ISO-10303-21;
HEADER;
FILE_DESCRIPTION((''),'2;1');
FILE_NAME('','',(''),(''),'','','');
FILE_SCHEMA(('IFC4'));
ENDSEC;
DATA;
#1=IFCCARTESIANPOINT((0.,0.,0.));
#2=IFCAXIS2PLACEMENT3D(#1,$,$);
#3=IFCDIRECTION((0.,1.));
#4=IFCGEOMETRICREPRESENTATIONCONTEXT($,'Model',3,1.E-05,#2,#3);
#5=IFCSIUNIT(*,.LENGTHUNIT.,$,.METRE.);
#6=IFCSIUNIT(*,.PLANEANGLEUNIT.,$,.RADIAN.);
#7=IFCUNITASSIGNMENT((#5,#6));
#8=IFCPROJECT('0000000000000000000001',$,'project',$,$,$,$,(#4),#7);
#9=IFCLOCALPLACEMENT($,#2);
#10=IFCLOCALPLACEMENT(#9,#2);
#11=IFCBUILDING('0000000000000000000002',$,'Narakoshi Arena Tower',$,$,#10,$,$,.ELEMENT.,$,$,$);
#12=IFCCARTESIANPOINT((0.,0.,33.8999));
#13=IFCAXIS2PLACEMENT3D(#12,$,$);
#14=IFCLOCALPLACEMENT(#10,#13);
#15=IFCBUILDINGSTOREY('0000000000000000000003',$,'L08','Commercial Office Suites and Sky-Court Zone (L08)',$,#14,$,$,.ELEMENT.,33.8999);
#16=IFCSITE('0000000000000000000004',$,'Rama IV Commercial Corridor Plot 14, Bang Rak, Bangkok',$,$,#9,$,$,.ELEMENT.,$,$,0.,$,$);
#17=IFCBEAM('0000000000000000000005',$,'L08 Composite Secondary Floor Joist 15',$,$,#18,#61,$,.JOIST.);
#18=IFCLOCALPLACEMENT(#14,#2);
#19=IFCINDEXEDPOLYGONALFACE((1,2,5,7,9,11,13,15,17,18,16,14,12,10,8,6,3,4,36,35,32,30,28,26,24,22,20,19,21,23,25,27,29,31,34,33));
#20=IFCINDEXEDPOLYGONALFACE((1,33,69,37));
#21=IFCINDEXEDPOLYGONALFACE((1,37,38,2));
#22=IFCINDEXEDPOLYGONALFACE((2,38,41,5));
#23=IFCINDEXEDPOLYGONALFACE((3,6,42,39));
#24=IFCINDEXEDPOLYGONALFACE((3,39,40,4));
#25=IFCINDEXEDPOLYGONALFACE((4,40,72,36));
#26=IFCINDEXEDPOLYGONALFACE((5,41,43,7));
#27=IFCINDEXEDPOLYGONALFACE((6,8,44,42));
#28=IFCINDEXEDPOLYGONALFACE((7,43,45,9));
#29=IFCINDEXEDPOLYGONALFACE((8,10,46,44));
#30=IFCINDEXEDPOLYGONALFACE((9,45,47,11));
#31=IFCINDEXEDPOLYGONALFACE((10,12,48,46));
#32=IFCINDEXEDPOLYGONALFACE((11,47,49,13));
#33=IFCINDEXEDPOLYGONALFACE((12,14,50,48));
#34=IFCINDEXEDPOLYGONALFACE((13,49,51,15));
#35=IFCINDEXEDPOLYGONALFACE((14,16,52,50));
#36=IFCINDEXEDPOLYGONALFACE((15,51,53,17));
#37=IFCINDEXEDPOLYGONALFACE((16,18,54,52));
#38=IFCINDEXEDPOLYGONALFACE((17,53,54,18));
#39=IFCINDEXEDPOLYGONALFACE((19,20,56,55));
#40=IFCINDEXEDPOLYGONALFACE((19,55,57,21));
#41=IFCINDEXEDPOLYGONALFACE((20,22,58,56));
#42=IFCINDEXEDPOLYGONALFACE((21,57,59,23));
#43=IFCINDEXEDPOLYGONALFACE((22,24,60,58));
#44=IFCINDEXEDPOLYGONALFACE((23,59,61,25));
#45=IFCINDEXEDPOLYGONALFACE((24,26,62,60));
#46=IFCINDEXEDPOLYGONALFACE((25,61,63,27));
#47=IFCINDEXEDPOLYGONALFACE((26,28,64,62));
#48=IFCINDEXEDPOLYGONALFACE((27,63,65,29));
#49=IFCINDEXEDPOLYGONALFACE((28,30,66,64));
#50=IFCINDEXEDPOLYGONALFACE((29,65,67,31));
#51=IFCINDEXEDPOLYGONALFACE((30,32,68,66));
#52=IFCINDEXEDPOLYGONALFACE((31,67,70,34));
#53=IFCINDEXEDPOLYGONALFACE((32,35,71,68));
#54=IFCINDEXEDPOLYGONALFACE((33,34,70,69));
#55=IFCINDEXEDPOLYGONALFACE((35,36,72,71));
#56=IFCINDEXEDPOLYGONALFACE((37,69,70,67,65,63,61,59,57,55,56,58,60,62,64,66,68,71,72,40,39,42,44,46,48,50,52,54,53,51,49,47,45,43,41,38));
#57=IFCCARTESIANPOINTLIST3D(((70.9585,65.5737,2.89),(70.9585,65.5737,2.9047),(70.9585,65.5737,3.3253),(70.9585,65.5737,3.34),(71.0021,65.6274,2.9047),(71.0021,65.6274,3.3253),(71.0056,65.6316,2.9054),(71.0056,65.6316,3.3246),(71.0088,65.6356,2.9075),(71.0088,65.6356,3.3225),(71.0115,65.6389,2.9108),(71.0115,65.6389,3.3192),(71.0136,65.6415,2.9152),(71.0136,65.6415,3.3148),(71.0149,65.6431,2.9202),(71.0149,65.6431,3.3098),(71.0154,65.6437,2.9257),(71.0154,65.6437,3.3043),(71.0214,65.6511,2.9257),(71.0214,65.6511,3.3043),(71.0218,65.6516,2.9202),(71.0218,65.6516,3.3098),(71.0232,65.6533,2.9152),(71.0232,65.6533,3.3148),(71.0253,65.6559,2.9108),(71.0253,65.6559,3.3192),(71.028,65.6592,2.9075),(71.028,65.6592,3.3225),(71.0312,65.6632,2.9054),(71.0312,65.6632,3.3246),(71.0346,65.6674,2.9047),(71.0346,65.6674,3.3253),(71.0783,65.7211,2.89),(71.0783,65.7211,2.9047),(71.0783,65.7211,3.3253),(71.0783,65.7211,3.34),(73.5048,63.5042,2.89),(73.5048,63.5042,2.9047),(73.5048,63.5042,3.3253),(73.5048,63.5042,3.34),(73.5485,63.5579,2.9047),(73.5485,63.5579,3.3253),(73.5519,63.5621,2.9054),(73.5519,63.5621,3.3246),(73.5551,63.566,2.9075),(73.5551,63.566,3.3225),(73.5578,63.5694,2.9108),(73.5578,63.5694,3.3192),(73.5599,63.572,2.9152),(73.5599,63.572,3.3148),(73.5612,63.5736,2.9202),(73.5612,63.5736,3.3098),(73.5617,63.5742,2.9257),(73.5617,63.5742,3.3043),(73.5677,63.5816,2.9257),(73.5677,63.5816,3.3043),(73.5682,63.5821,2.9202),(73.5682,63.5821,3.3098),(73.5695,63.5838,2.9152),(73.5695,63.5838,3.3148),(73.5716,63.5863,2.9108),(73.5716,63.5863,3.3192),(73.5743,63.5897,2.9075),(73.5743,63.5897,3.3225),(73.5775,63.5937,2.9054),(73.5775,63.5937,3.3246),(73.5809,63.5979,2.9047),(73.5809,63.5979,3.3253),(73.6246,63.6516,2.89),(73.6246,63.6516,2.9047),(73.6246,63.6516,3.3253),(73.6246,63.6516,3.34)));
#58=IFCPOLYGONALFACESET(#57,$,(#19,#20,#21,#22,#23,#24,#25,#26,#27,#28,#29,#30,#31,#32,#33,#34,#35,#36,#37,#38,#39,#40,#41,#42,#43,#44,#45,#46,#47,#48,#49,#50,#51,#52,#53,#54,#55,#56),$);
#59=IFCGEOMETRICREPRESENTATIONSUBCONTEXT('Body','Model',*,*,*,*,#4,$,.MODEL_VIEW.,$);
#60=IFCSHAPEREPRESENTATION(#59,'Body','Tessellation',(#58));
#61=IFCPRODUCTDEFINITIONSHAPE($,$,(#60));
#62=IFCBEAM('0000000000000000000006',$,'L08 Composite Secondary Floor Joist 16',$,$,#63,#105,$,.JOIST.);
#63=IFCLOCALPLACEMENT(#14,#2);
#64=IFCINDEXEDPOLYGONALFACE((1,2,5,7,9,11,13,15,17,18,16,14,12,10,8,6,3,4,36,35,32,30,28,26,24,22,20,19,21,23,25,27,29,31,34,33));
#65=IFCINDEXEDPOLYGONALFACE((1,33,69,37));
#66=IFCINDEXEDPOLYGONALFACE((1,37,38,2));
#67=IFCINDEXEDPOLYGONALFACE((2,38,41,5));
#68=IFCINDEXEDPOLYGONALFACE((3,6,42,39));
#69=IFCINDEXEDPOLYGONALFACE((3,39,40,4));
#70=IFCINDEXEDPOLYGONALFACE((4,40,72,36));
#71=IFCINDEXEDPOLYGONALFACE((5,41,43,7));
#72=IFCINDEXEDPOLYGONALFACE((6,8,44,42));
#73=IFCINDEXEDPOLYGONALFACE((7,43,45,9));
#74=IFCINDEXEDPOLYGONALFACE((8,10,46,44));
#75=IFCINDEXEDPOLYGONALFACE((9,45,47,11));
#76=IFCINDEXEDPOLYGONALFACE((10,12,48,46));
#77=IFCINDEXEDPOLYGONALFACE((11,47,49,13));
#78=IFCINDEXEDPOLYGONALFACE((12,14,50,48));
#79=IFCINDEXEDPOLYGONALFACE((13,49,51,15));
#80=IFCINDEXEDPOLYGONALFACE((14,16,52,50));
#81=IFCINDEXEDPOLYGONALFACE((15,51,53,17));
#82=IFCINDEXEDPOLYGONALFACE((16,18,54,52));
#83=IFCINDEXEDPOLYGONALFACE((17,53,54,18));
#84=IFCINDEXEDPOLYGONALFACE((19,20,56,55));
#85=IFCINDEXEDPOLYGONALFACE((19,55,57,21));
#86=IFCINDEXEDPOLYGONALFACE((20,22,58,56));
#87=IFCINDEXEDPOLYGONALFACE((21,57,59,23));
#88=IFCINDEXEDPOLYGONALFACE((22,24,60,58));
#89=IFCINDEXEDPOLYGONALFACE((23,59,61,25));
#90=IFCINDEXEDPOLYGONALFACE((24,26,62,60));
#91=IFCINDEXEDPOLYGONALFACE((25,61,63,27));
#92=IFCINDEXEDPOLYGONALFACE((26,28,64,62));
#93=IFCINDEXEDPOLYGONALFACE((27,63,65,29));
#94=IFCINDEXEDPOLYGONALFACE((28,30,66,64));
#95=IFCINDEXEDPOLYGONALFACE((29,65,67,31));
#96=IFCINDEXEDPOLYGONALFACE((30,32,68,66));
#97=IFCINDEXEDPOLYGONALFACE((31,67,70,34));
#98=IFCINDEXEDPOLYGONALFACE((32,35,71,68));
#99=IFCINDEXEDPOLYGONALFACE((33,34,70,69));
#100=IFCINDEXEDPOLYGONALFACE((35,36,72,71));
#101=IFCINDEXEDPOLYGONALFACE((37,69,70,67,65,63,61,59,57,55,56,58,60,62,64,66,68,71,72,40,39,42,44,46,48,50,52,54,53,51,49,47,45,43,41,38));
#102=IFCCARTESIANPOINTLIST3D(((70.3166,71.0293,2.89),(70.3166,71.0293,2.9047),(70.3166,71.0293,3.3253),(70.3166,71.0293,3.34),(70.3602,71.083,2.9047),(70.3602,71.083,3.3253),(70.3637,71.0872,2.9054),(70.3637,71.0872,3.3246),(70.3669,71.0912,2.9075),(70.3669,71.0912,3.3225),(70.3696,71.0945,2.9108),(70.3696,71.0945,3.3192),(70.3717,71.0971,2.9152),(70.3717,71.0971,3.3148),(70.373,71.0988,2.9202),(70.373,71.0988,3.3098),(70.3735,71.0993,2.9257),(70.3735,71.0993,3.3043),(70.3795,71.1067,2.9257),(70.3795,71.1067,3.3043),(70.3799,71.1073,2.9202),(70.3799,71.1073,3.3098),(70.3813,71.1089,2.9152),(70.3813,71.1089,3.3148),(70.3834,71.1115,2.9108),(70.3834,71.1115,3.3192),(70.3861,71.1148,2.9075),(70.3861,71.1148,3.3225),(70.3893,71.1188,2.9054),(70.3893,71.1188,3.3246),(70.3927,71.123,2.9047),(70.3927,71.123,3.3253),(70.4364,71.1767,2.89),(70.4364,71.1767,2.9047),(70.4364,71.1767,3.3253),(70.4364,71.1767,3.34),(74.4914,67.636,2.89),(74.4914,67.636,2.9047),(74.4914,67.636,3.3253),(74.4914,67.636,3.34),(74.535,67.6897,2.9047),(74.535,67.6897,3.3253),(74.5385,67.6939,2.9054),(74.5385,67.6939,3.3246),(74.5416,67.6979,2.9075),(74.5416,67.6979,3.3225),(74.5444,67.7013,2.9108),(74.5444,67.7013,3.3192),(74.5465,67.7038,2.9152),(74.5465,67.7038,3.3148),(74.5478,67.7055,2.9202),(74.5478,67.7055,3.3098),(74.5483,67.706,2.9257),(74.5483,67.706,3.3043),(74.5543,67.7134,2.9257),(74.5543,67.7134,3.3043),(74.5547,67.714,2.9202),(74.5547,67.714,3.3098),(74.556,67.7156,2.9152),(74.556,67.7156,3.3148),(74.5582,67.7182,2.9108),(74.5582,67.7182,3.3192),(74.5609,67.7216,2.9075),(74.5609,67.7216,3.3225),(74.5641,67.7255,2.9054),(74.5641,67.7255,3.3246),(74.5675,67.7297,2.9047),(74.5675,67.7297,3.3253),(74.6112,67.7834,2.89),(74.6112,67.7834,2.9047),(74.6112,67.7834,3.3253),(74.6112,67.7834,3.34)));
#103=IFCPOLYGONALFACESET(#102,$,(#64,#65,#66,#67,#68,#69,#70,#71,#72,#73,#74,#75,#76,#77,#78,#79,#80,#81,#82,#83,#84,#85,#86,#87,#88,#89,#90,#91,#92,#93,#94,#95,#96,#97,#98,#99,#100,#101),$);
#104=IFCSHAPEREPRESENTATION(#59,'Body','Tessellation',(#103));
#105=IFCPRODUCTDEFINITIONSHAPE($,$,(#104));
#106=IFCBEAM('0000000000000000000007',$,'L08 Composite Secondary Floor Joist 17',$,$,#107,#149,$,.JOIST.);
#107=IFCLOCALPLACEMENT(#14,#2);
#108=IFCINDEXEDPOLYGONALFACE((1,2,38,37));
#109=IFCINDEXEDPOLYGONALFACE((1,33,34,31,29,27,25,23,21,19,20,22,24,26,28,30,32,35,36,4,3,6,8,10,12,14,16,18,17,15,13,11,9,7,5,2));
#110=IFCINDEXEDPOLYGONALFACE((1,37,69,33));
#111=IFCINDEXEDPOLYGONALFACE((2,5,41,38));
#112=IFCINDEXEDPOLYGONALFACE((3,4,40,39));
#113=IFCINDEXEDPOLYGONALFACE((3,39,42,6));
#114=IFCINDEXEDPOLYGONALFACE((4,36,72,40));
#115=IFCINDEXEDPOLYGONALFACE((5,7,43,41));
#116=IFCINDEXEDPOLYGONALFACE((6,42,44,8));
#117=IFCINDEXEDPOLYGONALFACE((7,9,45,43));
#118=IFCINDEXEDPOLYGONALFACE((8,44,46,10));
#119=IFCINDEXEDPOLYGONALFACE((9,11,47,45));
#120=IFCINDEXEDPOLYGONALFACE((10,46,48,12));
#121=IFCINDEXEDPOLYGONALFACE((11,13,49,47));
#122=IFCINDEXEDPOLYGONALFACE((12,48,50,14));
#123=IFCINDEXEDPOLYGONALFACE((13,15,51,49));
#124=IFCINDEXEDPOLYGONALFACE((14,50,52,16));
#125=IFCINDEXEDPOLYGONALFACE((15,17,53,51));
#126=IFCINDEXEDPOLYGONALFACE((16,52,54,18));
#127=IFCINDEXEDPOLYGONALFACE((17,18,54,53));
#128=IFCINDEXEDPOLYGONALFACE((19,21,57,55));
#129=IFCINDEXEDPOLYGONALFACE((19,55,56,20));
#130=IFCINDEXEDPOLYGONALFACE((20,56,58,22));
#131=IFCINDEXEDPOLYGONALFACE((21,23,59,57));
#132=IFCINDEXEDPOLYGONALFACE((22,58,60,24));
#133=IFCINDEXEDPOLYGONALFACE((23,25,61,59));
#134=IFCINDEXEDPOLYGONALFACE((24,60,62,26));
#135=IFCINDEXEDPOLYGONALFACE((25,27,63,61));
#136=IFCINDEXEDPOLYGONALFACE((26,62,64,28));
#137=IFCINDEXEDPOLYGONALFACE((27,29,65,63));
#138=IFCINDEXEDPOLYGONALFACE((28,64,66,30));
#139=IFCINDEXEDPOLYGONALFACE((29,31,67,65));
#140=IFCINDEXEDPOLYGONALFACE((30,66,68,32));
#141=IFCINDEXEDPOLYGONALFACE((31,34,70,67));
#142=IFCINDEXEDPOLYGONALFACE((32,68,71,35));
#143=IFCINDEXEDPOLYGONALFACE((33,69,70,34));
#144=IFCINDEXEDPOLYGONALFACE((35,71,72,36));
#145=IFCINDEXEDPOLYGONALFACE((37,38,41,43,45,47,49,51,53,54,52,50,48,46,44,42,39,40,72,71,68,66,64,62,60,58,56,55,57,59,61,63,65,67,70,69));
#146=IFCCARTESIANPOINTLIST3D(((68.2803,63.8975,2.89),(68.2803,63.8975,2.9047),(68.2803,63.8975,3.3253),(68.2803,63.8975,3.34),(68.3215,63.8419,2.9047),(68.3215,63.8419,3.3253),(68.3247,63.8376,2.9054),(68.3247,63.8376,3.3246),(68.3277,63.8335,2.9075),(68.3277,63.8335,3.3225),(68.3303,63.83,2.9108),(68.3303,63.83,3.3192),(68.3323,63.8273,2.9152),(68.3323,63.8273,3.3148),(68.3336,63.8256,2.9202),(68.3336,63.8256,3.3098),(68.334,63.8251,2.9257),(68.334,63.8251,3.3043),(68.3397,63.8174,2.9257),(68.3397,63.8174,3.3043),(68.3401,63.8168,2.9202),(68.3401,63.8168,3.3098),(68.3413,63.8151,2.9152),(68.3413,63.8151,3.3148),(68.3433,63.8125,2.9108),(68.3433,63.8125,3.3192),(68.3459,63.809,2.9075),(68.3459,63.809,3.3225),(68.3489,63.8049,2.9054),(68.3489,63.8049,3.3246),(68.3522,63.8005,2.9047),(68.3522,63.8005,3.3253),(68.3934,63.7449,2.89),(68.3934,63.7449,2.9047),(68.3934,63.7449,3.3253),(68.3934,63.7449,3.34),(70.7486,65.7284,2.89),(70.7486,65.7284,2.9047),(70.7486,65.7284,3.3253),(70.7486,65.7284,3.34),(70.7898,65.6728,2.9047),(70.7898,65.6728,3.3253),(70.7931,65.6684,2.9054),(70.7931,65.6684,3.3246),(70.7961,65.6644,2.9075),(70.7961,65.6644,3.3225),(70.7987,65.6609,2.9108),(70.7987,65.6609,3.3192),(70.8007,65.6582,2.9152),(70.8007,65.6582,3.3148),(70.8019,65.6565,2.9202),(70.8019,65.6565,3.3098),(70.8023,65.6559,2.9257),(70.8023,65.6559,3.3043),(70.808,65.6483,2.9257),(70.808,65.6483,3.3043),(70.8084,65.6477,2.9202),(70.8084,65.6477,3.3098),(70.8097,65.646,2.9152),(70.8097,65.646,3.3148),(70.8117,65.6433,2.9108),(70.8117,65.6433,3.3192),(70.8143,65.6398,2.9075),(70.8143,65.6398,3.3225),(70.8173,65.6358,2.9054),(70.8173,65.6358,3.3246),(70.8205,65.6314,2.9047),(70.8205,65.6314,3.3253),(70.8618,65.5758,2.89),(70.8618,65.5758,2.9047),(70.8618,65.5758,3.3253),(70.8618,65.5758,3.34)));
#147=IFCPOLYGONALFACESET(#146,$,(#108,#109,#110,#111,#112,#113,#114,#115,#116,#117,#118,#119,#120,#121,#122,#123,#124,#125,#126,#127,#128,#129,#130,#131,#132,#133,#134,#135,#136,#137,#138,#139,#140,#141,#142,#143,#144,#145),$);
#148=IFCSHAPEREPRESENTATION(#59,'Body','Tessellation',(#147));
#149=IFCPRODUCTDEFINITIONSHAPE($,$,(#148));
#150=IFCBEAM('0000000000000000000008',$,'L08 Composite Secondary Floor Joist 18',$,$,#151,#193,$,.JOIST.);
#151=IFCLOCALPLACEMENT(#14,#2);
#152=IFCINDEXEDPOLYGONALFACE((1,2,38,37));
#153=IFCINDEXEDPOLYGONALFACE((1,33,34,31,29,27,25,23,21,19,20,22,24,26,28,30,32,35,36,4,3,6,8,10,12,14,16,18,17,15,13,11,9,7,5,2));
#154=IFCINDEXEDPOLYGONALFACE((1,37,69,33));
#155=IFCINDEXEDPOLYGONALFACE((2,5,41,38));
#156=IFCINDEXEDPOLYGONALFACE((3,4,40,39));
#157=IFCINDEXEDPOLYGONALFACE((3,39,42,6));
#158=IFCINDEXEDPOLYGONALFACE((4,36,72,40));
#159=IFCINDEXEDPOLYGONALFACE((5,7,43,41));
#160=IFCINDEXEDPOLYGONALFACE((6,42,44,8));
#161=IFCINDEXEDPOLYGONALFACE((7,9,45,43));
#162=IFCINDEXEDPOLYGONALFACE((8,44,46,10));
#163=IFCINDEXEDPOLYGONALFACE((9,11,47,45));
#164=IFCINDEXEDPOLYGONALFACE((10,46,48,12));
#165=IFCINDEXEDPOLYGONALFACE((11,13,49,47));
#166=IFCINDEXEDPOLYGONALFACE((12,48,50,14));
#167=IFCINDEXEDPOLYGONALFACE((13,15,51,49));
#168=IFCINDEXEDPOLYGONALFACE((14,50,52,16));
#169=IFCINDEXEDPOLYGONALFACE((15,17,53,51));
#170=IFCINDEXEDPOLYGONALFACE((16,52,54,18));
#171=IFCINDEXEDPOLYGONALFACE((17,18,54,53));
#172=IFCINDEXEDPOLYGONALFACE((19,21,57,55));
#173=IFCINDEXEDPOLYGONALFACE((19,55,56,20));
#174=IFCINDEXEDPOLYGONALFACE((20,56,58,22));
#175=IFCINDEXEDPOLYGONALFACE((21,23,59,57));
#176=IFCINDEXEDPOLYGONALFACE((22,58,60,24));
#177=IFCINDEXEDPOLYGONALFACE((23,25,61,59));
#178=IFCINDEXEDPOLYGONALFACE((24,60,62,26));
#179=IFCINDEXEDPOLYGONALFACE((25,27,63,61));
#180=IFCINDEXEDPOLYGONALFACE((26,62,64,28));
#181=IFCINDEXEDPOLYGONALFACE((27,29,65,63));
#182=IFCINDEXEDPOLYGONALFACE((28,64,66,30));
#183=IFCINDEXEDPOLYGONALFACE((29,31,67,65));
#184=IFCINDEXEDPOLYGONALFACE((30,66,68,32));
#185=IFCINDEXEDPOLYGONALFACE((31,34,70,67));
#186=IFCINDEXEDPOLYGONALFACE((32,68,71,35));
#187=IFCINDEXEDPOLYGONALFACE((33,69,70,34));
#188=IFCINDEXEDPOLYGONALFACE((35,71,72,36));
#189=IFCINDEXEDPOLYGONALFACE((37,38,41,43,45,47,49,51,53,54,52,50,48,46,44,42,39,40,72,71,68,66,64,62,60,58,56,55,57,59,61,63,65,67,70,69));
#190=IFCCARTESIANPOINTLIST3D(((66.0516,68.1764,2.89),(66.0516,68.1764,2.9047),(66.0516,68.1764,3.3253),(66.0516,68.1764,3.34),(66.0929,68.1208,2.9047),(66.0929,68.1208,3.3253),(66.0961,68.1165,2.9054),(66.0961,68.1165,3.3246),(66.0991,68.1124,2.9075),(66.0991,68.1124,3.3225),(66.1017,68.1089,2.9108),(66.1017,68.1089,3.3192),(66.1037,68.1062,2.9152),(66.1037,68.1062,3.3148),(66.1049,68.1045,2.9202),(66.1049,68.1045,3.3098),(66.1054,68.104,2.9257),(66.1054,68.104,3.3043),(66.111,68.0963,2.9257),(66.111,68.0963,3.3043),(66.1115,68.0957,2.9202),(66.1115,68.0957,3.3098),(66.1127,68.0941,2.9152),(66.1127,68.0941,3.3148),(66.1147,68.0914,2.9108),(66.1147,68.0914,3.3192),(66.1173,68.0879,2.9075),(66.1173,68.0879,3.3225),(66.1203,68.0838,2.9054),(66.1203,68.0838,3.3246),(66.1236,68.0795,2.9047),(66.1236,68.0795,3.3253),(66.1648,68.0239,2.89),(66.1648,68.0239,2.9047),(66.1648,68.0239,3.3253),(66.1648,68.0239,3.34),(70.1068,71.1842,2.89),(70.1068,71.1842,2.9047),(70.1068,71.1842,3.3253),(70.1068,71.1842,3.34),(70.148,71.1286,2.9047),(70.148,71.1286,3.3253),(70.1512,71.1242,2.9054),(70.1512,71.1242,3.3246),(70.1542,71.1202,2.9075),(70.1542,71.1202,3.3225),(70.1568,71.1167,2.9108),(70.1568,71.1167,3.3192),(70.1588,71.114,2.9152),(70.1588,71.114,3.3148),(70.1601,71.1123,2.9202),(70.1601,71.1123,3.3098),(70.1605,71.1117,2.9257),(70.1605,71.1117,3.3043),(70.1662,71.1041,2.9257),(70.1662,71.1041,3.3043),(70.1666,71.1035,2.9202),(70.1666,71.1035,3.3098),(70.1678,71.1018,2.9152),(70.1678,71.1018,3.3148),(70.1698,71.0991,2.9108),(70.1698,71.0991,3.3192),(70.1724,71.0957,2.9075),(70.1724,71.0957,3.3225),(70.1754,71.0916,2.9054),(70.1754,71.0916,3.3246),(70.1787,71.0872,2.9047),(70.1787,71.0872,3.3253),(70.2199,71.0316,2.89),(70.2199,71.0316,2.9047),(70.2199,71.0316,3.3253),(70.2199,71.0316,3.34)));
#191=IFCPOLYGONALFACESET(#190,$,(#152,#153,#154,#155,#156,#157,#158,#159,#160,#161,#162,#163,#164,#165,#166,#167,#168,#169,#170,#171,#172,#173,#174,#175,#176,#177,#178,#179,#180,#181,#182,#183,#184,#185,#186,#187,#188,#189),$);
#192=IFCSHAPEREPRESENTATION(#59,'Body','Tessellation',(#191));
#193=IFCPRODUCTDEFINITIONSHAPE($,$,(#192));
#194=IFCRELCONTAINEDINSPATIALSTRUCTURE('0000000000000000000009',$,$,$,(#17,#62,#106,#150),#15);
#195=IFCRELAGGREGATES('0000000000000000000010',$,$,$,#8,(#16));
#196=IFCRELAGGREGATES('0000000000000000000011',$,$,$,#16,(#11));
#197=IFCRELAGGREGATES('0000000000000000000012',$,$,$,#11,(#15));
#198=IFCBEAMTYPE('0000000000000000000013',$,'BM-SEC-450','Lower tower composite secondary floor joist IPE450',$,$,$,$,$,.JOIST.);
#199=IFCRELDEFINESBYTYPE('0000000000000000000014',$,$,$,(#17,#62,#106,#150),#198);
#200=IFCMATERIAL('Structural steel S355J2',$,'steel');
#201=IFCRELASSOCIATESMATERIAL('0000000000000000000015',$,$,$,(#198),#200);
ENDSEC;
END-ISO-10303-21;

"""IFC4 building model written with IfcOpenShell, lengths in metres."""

from ifc_helpers import new_model, si_unit, direction, frame, origin, origin_2d, place, context, subcontext, project, spatial, i_section, extrude, material, material_profile, profile_set, type_object, element, save


model = new_model("IFC4")

# Units and contexts
model_context = context("Model", 3, precision=1e-05, world=origin(), true_north=direction((0.0, 1.0)))
body_context = subcontext(model_context, "Body", "Model", "MODEL_VIEW")
ifc_project = project(units=[si_unit("LENGTHUNIT", "METRE"), si_unit("PLANEANGLEUNIT", "RADIAN")], contexts=[model_context])

# Site, building, storey
site_placement = place(None, origin())
site = spatial("IfcSite", under=ifc_project, at=site_placement, Name="Rama IV Commercial Corridor Plot 14, Bang Rak, Bangkok", CompositionType="ELEMENT", RefElevation=0.0)
building_placement = place(site_placement, origin())
building = spatial("IfcBuilding", under=site, at=building_placement, Name="Narakoshi Arena Tower", CompositionType="ELEMENT")
storey_placement = place(building_placement, frame((0.0, 0.0, 33.8999)))
storey = spatial("IfcBuildingStorey", under=building, at=storey_placement, Name="L08", Description="Commercial Office Suites and Sky-Court Zone (L08)", CompositionType="ELEMENT", Elevation=33.8999)

# Beams
ifc_material_1 = material(Name="Structural steel S355J2", Category="steel")
ifc_material_profile_1 = material_profile(ifc_material_1, i_section(OverallWidth=0.1899, OverallDepth=0.45, WebThickness=0.0095, FlangeThickness=0.0146, FilletRadius=0.021, at=origin_2d()), Name="IPE450")
ifc_profile_set_1 = profile_set([ifc_material_profile_1], Name="Structural steel S355J2")
beam_type_1 = type_object("IfcBeamType", Name="BM-SEC-450", Description="Lower tower composite secondary floor joist IPE450", PredefinedType="JOIST", material=ifc_profile_set_1)
beam_1_placement = place(storey_placement, frame((73.5647, 63.5779, 3.115), z_axis=(-0.776018, 0.63071, 0.0), x_axis=(-0.63071, -0.776018, 0.0)))
element("IfcBeam", 1, at=beam_1_placement, inside=storey, type_object=beam_type_1, Name="L08 Composite Secondary Floor Joist 15", PredefinedType="JOIST", context=body_context, shape_type="SweptSolid", body=[
    extrude(i_section(OverallWidth=0.1899, OverallDepth=0.45, WebThickness=0.0095, FlangeThickness=0.0146, FilletRadius=0.021, at=origin_2d()), origin(), (0.0, 0.0, 1.0), 3.2812),
])
beam_2_placement = place(storey_placement, frame((74.5513, 67.7097, 3.115), z_axis=(-0.775997, 0.630736, 0.0), x_axis=(-0.630736, -0.775997, 0.0)))
element("IfcBeam", 2, at=beam_2_placement, inside=storey, type_object=beam_type_1, Name="L08 Composite Secondary Floor Joist 16", PredefinedType="JOIST", context=body_context, shape_type="SweptSolid", body=[
    extrude(i_section(OverallWidth=0.1899, OverallDepth=0.45, WebThickness=0.0095, FlangeThickness=0.0146, FilletRadius=0.021, at=origin_2d()), origin(), (0.0, 0.0, 1.0), 5.3799),
])
beam_3_placement = place(storey_placement, frame((70.8052, 65.6521, 3.115), z_axis=(-0.803173, -0.595746, 0.0), x_axis=(0.595746, -0.803173, 0.0)))
element("IfcBeam", 3, at=beam_3_placement, inside=storey, type_object=beam_type_1, Name="L08 Composite Secondary Floor Joist 17", PredefinedType="JOIST", context=body_context, shape_type="SweptSolid", body=[
    extrude(i_section(OverallWidth=0.1899, OverallDepth=0.45, WebThickness=0.0095, FlangeThickness=0.0146, FilletRadius=0.021, at=origin_2d()), origin(), (0.0, 0.0, 1.0), 3.0732),
])
beam_4_placement = place(storey_placement, frame((70.1633, 71.1079, 3.115), z_axis=(-0.80318, -0.595736, 0.0), x_axis=(0.595736, -0.80318, 0.0)))
element("IfcBeam", 4, at=beam_4_placement, inside=storey, type_object=beam_type_1, Name="L08 Composite Secondary Floor Joist 18", PredefinedType="JOIST", context=body_context, shape_type="SweptSolid", body=[
    extrude(i_section(OverallWidth=0.1899, OverallDepth=0.45, WebThickness=0.0095, FlangeThickness=0.0146, FilletRadius=0.021, at=origin_2d()), origin(), (0.0, 0.0, 1.0), 5.0488),
])

save(model, "model.ifc")
